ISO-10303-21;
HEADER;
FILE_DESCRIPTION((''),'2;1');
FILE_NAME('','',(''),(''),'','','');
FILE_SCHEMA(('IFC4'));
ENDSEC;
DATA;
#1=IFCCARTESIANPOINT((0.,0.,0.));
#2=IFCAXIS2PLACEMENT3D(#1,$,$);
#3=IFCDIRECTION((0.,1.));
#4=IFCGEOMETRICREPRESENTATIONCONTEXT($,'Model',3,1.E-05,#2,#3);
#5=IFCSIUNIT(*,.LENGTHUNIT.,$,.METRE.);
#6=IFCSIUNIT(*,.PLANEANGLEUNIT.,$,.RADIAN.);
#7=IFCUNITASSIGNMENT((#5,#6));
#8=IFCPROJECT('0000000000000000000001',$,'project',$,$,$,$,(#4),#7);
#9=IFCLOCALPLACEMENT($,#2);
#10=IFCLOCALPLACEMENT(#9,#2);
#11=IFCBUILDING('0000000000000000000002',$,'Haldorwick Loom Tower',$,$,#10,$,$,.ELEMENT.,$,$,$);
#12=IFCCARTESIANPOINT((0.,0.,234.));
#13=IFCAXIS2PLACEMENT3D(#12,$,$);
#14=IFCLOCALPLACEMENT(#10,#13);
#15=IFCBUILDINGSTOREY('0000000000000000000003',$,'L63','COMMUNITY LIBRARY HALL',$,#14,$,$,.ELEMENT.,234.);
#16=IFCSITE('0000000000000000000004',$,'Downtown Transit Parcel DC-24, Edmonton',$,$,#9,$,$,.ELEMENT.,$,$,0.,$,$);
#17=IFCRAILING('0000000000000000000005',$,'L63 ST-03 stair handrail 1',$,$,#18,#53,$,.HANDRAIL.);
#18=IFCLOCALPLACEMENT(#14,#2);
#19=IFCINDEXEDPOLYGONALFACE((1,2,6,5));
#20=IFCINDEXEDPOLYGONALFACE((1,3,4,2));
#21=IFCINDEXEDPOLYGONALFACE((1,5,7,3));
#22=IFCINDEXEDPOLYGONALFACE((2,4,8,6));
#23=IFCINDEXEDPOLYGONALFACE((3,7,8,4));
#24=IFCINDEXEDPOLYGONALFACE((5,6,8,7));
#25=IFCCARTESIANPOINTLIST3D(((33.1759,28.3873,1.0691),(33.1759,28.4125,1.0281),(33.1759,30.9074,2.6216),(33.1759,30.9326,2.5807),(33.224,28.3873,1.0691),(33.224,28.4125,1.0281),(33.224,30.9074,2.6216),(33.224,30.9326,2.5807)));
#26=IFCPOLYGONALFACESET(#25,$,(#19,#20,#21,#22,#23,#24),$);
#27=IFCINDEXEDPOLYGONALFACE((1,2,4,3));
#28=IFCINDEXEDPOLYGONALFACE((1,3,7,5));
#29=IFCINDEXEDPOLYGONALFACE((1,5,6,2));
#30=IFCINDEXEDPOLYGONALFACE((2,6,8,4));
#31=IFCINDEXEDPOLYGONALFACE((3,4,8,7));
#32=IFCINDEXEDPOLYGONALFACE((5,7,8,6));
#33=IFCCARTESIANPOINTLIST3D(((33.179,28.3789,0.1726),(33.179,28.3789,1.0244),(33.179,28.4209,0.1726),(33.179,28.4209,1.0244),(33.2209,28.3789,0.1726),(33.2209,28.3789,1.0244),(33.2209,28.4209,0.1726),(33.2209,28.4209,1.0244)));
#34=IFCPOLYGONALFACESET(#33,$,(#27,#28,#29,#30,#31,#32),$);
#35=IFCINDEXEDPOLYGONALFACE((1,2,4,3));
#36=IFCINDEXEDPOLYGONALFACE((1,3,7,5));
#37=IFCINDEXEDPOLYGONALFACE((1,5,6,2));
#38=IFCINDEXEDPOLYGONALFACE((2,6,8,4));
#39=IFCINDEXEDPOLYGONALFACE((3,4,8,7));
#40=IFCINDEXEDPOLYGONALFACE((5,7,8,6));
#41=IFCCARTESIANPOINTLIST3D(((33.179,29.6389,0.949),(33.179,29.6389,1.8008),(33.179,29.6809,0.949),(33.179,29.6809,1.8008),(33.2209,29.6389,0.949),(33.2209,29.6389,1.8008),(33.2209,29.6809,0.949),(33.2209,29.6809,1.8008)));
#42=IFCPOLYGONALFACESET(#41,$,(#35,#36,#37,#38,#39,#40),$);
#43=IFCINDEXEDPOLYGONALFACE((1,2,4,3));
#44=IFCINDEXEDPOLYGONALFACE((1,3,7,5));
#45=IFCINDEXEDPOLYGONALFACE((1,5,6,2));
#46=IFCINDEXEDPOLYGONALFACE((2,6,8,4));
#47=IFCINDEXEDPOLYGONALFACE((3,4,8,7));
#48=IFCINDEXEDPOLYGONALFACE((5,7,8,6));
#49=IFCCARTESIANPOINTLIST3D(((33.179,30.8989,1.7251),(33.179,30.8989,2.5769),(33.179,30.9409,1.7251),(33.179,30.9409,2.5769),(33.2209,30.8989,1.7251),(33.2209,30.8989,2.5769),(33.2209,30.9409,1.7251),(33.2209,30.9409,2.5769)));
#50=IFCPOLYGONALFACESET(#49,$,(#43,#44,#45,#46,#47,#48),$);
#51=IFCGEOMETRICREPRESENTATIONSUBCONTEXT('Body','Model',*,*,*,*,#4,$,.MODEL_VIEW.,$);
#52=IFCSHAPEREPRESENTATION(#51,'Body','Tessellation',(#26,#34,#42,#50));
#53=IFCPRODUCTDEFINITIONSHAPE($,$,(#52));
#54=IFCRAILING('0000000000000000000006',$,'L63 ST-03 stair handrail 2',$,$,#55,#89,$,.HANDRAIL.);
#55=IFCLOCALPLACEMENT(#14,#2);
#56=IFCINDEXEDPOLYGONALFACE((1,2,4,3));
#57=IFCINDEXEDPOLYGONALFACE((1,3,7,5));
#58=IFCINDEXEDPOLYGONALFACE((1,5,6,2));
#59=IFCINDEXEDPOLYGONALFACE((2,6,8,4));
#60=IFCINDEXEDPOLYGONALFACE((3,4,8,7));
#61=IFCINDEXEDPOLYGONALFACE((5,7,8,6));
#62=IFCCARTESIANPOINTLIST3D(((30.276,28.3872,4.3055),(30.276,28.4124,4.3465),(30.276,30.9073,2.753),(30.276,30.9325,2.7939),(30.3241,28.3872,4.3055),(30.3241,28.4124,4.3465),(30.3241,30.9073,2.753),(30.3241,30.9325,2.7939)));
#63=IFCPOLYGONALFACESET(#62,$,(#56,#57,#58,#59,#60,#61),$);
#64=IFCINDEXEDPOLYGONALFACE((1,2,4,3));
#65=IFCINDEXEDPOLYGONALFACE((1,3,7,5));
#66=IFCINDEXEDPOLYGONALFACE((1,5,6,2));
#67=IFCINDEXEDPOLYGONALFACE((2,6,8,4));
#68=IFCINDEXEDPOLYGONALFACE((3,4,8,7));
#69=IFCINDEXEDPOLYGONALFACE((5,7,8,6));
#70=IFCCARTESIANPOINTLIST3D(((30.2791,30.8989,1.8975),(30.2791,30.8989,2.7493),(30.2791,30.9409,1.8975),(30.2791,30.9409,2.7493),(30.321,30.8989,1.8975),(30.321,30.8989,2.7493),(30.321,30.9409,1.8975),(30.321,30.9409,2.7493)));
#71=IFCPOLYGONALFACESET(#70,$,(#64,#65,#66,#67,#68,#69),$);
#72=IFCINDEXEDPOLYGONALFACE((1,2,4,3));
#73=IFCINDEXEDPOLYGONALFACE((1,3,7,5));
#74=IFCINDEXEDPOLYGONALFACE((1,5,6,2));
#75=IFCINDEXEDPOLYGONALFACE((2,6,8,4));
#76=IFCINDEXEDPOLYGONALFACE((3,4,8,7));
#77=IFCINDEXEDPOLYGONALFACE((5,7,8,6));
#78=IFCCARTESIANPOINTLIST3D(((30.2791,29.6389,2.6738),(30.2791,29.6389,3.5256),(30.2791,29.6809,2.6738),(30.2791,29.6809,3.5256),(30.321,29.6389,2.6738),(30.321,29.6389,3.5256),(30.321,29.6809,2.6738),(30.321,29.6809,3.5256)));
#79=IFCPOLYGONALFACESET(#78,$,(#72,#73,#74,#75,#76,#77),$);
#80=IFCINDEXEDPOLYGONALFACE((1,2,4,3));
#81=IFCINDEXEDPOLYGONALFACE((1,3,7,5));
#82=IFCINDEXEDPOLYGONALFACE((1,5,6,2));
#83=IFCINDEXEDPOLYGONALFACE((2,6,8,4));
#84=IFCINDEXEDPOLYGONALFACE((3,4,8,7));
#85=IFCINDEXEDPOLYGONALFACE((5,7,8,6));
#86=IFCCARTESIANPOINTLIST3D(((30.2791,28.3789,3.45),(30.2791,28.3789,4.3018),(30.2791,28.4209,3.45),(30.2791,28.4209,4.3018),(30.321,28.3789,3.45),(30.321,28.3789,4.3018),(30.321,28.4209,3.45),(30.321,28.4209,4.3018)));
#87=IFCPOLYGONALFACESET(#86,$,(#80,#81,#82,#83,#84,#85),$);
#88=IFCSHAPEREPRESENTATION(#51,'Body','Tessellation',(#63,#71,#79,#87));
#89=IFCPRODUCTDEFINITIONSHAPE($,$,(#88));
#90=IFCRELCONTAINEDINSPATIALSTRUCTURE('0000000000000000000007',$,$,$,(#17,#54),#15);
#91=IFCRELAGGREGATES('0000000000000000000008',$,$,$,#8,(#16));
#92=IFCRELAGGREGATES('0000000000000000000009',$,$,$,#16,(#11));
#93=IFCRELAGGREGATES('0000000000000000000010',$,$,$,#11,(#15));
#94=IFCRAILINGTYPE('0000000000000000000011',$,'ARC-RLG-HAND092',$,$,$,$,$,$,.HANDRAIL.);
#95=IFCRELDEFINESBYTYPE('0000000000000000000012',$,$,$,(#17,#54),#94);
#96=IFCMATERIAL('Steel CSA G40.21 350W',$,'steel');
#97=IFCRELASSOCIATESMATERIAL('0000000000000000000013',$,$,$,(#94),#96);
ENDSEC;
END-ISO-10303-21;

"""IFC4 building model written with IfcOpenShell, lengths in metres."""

from ifc_helpers import new_model, si_unit, direction, frame, origin, origin_2d, place, context, subcontext, project, spatial, rectangle, extrude, material, type_object, element, save


model = new_model("IFC4")

# Units and contexts
model_context = context("Model", 3, precision=1e-05, world=origin(), true_north=direction((0.0, 1.0)))
body_context = subcontext(model_context, "Body", "Model", "MODEL_VIEW")
ifc_project = project(units=[si_unit("LENGTHUNIT", "METRE"), si_unit("PLANEANGLEUNIT", "RADIAN")], contexts=[model_context])

# Site, building, storey
site_placement = place(None, origin())
site = spatial("IfcSite", under=ifc_project, at=site_placement, Name="Downtown Transit Parcel DC-24, Edmonton", CompositionType="ELEMENT", RefElevation=0.0)
building_placement = place(site_placement, origin())
building = spatial("IfcBuilding", under=site, at=building_placement, Name="Haldorwick Loom Tower", CompositionType="ELEMENT")
storey_placement = place(building_placement, frame((0.0, 0.0, 234.0)))
storey = spatial("IfcBuildingStorey", under=building, at=storey_placement, Name="L63", Description="COMMUNITY LIBRARY HALL", CompositionType="ELEMENT", Elevation=234.0)

# Shared definitions
ifc_material_1 = material(Name="Steel CSA G40.21 350W", Category="steel")

# Railings
railing_type_1 = type_object("IfcRailingType", Name="ARC-RLG-HAND092", PredefinedType="HANDRAIL", material=ifc_material_1)
for number, where, name in (
    (1, (33.2, 28.3999, 0.1726), "L63 ST-03 stair handrail 1"),
):
    element("IfcRailing", number, at=place(storey_placement, frame(where)), inside=storey, type_object=railing_type_1, Name=name, PredefinedType="HANDRAIL", context=body_context, shape_type="SweptSolid", body=[
        extrude(rectangle(XDim=0.0481, YDim=0.0481, at=origin_2d()), frame((0.0, 0.0, 0.876), z_axis=(0.0, 0.8514, 0.524516), x_axis=(-1.0, 0.0, 0.0)), (0.0, 0.0, 1.0), 2.96),
        extrude(rectangle(XDim=0.042, YDim=0.042, at=origin_2d()), origin(), (0.0, 0.0, 1.0), 0.8518),
        extrude(rectangle(XDim=0.042, YDim=0.042, at=origin_2d()), frame((0.0, 1.26, 0.7764)), (0.0, 0.0, 1.0), 0.8518),
        extrude(rectangle(XDim=0.042, YDim=0.042, at=origin_2d()), frame((0.0, 2.52, 1.5525)), (0.0, 0.0, 1.0), 0.8518),
    ])
railing_1_placement = place(storey_placement, frame((30.3, 30.9199, 1.8975)))
element("IfcRailing", 2, at=railing_1_placement, inside=storey, type_object=railing_type_1, Name="L63 ST-03 stair handrail 2", PredefinedType="HANDRAIL", context=body_context, shape_type="SweptSolid", body=[
    extrude(rectangle(XDim=0.0481, YDim=0.0481, at=origin_2d()), frame((0.0, 0.0, 0.876), z_axis=(0.0, -0.8514, 0.524516), x_axis=(1.0, 0.0, 0.0)), (0.0, 0.0, 1.0), 2.96),
    extrude(rectangle(XDim=0.042, YDim=0.042, at=origin_2d()), origin(), (0.0, 0.0, 1.0), 0.8518),
    extrude(rectangle(XDim=0.042, YDim=0.042, at=origin_2d()), frame((0.0, -1.26, 0.7764)), (0.0, 0.0, 1.0), 0.8518),
    extrude(rectangle(XDim=0.042, YDim=0.042, at=origin_2d()), frame((0.0, -2.52, 1.5525)), (0.0, 0.0, 1.0), 0.8518),
])

save(model, "model.ifc")
